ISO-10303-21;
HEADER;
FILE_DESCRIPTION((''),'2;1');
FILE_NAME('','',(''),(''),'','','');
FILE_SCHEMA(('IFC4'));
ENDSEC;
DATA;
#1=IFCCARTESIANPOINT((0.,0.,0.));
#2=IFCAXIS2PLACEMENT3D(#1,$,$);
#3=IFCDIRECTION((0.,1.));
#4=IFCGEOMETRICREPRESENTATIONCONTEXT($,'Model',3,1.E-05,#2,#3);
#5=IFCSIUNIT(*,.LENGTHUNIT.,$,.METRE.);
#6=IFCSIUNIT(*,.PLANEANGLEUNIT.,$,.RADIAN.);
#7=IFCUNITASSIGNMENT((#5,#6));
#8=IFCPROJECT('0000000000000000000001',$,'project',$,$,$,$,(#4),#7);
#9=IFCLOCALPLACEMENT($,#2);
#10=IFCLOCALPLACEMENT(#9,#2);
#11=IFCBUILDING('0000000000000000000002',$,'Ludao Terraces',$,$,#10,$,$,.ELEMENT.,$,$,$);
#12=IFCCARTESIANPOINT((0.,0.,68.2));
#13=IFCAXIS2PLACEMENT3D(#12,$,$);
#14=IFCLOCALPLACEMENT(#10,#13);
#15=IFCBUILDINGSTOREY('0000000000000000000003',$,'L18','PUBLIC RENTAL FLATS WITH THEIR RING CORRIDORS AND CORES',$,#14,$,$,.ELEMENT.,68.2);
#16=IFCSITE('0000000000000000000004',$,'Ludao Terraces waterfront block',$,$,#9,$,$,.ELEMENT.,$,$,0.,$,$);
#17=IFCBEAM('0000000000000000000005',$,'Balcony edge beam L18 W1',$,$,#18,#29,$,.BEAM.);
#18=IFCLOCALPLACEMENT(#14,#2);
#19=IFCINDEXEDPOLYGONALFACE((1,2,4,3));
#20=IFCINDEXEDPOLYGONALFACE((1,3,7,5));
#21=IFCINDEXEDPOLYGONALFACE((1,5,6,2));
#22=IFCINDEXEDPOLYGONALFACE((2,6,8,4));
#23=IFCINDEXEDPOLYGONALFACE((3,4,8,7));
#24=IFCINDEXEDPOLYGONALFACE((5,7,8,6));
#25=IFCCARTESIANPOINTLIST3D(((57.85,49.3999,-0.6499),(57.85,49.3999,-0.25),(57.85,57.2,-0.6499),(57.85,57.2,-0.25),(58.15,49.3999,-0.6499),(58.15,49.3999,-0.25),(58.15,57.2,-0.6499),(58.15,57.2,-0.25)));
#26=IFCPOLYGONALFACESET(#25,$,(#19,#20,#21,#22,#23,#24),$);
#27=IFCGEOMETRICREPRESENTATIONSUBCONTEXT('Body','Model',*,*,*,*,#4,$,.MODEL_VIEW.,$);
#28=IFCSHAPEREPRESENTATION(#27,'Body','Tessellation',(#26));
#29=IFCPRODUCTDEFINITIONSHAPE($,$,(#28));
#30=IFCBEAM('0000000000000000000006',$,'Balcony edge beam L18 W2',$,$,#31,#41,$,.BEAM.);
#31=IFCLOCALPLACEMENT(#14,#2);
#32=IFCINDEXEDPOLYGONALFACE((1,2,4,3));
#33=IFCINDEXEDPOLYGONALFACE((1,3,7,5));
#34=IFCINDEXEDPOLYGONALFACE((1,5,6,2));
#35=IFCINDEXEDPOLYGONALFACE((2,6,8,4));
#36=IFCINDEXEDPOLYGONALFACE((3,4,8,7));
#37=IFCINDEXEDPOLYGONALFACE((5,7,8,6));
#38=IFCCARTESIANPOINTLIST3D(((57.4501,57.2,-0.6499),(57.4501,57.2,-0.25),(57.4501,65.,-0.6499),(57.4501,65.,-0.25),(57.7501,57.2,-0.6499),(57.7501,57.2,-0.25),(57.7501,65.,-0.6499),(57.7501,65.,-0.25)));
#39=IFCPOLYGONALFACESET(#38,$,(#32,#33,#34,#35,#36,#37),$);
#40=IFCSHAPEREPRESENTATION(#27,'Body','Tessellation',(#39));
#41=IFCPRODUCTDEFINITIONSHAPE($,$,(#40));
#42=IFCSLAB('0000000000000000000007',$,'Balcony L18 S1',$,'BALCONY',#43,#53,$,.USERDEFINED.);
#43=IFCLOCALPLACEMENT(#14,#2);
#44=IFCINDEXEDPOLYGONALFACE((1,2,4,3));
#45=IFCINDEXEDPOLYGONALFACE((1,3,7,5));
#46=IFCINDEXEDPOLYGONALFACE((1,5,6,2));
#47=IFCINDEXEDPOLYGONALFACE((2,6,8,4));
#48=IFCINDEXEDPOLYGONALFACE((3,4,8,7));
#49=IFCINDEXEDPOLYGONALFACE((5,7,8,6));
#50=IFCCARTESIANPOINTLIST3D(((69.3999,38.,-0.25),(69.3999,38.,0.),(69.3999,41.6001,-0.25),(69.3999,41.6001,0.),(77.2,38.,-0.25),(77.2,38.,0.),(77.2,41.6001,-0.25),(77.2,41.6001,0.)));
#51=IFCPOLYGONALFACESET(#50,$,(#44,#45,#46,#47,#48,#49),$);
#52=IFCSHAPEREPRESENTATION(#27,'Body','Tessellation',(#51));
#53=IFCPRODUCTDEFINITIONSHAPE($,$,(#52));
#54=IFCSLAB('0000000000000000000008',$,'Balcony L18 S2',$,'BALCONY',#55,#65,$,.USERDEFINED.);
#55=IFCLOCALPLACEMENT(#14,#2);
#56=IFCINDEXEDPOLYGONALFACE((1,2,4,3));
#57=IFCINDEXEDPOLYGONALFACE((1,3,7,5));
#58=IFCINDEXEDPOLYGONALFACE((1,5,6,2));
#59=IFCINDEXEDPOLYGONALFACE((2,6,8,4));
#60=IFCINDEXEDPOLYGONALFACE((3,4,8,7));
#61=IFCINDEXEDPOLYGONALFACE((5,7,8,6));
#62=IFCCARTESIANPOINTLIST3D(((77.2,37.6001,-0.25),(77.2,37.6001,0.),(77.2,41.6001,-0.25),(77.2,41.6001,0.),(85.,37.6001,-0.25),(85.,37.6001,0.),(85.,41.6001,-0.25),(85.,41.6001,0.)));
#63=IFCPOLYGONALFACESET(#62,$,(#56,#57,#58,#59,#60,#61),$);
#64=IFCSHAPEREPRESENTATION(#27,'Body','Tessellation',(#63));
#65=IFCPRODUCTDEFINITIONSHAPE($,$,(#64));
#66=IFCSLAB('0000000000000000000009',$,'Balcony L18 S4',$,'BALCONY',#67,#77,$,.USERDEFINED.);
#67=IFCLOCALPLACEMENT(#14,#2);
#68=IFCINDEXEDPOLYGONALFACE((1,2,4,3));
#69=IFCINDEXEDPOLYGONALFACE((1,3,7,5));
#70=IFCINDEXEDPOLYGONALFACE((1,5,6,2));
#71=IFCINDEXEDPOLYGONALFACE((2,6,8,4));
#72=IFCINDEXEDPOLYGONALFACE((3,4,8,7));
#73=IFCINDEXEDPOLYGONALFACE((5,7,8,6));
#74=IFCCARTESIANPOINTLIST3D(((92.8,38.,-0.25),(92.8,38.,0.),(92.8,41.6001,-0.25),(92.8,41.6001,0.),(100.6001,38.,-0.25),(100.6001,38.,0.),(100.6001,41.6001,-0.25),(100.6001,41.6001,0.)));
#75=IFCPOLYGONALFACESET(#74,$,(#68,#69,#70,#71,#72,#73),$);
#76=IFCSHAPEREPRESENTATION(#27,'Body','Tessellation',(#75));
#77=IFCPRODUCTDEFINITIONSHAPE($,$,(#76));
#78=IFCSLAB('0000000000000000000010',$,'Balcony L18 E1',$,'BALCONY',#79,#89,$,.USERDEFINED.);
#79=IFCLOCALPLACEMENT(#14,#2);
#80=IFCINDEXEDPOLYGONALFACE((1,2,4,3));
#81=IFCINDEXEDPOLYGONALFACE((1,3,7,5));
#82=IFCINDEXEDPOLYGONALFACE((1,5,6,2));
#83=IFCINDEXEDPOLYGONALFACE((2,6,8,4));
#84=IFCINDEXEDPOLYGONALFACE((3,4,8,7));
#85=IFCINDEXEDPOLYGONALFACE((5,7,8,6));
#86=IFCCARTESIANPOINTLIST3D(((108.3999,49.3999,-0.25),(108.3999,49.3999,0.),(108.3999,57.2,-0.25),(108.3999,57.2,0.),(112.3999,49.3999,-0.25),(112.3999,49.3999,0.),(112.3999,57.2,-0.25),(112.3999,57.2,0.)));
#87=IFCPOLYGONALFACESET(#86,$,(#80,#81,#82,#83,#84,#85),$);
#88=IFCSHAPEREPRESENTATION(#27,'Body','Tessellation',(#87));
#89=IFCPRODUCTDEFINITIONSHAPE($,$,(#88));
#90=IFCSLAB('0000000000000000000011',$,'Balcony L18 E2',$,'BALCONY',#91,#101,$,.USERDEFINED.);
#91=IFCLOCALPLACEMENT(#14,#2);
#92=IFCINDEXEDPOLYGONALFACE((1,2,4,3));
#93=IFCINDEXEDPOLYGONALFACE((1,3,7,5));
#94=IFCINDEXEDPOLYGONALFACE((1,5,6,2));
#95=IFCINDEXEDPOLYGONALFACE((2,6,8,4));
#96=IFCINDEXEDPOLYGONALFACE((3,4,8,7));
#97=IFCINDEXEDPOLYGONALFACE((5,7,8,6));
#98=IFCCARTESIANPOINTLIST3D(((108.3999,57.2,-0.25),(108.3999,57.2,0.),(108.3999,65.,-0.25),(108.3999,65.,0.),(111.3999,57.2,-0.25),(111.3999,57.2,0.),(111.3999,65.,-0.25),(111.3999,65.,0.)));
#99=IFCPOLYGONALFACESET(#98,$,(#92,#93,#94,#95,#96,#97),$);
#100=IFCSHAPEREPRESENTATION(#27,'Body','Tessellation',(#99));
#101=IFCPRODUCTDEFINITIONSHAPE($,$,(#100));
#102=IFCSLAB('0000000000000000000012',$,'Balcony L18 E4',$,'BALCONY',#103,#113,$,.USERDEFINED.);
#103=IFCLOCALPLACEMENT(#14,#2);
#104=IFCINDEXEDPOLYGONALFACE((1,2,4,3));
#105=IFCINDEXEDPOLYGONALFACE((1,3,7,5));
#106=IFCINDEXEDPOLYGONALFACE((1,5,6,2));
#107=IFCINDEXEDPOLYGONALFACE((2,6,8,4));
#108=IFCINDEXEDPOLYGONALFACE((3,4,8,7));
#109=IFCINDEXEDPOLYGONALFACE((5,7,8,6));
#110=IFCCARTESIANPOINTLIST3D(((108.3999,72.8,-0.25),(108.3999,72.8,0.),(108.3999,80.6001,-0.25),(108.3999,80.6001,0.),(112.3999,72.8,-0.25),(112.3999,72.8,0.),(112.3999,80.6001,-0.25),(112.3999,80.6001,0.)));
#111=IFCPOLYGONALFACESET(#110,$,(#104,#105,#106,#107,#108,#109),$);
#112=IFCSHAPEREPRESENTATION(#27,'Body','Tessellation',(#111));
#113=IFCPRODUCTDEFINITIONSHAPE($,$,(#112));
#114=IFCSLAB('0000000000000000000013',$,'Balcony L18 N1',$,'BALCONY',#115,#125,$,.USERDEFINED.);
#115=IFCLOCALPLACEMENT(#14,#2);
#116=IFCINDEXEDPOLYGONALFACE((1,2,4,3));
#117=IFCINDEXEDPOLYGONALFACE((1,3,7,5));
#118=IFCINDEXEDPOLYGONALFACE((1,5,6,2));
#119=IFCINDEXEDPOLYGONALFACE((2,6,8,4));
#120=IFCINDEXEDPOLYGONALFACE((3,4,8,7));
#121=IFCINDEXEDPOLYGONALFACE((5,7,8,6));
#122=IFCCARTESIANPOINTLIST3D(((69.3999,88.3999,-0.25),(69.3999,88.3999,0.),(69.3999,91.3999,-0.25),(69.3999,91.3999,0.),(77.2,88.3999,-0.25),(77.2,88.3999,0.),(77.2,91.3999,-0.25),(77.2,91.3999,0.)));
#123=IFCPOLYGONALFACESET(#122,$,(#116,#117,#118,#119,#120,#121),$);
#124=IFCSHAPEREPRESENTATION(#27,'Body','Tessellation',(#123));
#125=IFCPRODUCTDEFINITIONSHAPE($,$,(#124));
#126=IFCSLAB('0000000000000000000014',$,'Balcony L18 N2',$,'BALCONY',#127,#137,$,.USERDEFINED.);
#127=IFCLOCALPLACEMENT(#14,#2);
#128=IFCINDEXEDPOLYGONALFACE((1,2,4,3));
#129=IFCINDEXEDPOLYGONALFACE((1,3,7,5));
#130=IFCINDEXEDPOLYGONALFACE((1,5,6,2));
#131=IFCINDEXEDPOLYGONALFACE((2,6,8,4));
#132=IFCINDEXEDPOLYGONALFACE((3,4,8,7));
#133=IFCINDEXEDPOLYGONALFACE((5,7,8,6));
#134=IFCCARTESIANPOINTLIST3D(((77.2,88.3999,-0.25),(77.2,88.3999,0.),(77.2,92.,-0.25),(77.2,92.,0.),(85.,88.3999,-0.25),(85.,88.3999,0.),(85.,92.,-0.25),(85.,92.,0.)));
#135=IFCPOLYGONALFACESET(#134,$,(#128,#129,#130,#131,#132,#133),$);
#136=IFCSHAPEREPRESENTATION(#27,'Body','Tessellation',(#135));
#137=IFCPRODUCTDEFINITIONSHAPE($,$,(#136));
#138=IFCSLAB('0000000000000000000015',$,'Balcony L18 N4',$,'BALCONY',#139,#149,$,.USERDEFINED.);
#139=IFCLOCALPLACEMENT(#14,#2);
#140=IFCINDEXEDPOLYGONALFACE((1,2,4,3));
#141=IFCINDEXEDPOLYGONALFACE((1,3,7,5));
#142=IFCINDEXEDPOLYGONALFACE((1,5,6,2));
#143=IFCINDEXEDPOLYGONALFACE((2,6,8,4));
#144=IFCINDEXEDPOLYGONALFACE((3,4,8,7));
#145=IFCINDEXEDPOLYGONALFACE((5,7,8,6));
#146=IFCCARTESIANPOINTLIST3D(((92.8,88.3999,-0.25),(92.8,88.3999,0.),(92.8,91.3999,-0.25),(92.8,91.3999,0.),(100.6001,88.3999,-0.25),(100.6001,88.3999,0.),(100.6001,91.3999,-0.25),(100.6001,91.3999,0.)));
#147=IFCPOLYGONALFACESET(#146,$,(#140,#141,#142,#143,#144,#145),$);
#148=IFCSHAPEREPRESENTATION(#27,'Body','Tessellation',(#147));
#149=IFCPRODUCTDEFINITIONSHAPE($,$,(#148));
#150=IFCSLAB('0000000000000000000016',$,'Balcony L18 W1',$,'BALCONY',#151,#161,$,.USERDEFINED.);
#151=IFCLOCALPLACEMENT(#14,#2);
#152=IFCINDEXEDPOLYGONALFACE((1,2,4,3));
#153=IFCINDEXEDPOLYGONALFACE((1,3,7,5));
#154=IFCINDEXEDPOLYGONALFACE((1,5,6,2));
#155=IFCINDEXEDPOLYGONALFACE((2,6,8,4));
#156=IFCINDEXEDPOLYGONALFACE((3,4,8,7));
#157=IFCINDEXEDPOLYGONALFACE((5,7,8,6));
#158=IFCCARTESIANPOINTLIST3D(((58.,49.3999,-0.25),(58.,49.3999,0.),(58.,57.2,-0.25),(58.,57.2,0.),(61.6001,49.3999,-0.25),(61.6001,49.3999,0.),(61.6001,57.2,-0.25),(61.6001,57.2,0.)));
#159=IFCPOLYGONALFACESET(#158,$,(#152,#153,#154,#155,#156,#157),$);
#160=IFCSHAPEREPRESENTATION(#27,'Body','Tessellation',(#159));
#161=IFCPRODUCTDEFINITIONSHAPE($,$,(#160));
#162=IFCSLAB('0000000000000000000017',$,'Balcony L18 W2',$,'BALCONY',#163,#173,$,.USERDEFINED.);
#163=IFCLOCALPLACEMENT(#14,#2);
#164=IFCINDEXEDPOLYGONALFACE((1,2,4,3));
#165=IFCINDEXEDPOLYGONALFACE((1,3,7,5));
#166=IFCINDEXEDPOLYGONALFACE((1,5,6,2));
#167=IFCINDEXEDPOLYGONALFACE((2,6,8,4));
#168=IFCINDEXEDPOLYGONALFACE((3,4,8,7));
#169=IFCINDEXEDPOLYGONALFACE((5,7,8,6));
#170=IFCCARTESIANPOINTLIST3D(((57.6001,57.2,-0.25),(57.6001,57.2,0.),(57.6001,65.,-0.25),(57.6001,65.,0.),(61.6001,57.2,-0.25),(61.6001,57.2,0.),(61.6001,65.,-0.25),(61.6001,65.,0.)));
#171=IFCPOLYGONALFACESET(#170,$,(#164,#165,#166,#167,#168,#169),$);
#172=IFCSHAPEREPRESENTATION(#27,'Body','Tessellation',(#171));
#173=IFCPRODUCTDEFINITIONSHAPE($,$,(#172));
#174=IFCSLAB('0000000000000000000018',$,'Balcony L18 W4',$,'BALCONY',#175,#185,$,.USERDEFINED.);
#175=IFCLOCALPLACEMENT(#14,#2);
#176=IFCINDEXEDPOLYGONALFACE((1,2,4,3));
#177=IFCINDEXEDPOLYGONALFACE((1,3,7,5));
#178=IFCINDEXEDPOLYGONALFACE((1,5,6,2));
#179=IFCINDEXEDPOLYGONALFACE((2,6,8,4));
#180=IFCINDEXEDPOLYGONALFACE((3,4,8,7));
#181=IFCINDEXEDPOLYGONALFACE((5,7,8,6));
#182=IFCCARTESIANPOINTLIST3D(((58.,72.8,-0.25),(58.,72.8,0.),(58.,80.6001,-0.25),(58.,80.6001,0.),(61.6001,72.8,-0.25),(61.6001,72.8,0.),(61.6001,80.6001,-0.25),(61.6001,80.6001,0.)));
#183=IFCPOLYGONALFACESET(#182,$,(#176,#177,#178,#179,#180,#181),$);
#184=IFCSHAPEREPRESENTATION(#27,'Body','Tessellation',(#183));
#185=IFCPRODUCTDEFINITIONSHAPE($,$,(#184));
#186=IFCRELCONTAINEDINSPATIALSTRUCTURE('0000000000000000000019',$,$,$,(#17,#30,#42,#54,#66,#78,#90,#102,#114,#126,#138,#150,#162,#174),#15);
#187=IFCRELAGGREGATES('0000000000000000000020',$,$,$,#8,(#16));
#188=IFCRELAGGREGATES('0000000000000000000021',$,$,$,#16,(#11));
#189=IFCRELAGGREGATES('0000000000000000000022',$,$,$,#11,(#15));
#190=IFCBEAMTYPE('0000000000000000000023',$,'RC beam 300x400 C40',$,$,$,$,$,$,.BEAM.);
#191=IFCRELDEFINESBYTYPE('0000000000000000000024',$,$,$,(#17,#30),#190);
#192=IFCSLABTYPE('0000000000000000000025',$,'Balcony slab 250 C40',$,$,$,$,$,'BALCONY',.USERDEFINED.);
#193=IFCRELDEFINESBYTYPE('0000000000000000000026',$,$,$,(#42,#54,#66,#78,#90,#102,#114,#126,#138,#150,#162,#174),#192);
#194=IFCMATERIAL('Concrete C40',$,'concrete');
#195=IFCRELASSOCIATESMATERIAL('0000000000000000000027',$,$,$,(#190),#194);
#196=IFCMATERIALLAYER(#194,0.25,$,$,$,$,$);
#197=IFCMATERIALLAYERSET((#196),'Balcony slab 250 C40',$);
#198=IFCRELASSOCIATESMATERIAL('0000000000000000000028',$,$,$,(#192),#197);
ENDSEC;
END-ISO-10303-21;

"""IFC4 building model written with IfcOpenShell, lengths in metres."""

from ifc_helpers import new_model, si_unit, direction, frame, origin, origin_2d, place, context, subcontext, project, spatial, polyline, rectangle, outline, extrude, material, layer, layer_set, material_profile, profile_set, type_object, element, save


model = new_model("IFC4")

# Units and contexts
model_context = context("Model", 3, precision=1e-05, world=origin(), true_north=direction((0.0, 1.0)))
body_context = subcontext(model_context, "Body", "Model", "MODEL_VIEW")
ifc_project = project(units=[si_unit("LENGTHUNIT", "METRE"), si_unit("PLANEANGLEUNIT", "RADIAN")], contexts=[model_context])

# Site, building, storey
site_placement = place(None, origin())
site = spatial("IfcSite", under=ifc_project, at=site_placement, Name="Ludao Terraces waterfront block", CompositionType="ELEMENT", RefElevation=0.0)
building_placement = place(site_placement, origin())
building = spatial("IfcBuilding", under=site, at=building_placement, Name="Ludao Terraces", CompositionType="ELEMENT")
storey_placement = place(building_placement, frame((0.0, 0.0, 68.2)))
storey = spatial("IfcBuildingStorey", under=building, at=storey_placement, Name="L18", Description="PUBLIC RENTAL FLATS WITH THEIR RING CORRIDORS AND CORES", CompositionType="ELEMENT", Elevation=68.2)

# Beams
ifc_material_1 = material(Name="Concrete C40", Category="concrete")
ifc_material_profile = material_profile(ifc_material_1, rectangle(XDim=0.3, YDim=0.3999, at=origin_2d()), Name="300 X 400")
ifc_profile_set = profile_set([ifc_material_profile], Name="Concrete C40")
beam_type = type_object("IfcBeamType", Name="RC beam 300x400 C40", PredefinedType="BEAM", material=ifc_profile_set)
for number, where, z_axis, x_axis, name in (
    (1, (58.0, 49.3999, -0.45), (0.0, 1.0, 0.0), (-1.0, 0.0, 0.0), "Balcony edge beam L18 W1"),
    (2, (57.6001, 57.2, -0.45), (0.0, 1.0, 0.0), (-1.0, 0.0, 0.0), "Balcony edge beam L18 W2"),
):
    element("IfcBeam", number, at=place(storey_placement, frame(where, z_axis=z_axis, x_axis=x_axis)), inside=storey, type_object=beam_type, Name=name, PredefinedType="BEAM", context=body_context, shape_type="SweptSolid", body=[
        extrude(rectangle(XDim=0.3, YDim=0.3999, at=origin_2d()), origin(), (0.0, 0.0, 1.0), 7.8),
    ])

# Slabs
ifc_layer_1 = layer(ifc_material_1, 0.25)
ifc_layer_set_1 = layer_set([ifc_layer_1], Name="Balcony slab 250 C40")
slab_type_1 = type_object("IfcSlabType", Name="Balcony slab 250 C40", ElementType="BALCONY", PredefinedType="USERDEFINED", material=ifc_layer_set_1)
slab_1_placement = place(storey_placement, frame((0.0, 0.0, -0.25)))
element("IfcSlab", 3, at=slab_1_placement, inside=storey, type_object=slab_type_1, Name="Balcony L18 S1", ObjectType="BALCONY", PredefinedType="USERDEFINED", context=body_context, shape_type="SweptSolid", body=[
    extrude(outline(polyline([(69.3999, 38.0), (77.2, 38.0), (77.2, 41.6001), (69.3999, 41.6001), (69.3999, 38.0)])), origin(), (0.0, 0.0, 1.0), 0.25),
])
slab_2_placement = place(storey_placement, frame((0.0, 0.0, -0.25)))
element("IfcSlab", 4, at=slab_2_placement, inside=storey, type_object=slab_type_1, Name="Balcony L18 S2", ObjectType="BALCONY", PredefinedType="USERDEFINED", context=body_context, shape_type="SweptSolid", body=[
    extrude(outline(polyline([(77.2, 37.6001), (85.0, 37.6001), (85.0, 41.6001), (77.2, 41.6001), (77.2, 37.6001)])), origin(), (0.0, 0.0, 1.0), 0.25),
])
slab_3_placement = place(storey_placement, frame((0.0, 0.0, -0.25)))
element("IfcSlab", 5, at=slab_3_placement, inside=storey, type_object=slab_type_1, Name="Balcony L18 S4", ObjectType="BALCONY", PredefinedType="USERDEFINED", context=body_context, shape_type="SweptSolid", body=[
    extrude(outline(polyline([(92.8, 38.0), (100.6001, 38.0), (100.6001, 41.6001), (92.8, 41.6001), (92.8, 38.0)])), origin(), (0.0, 0.0, 1.0), 0.25),
])
slab_4_placement = place(storey_placement, frame((0.0, 0.0, -0.25)))
element("IfcSlab", 6, at=slab_4_placement, inside=storey, type_object=slab_type_1, Name="Balcony L18 E1", ObjectType="BALCONY", PredefinedType="USERDEFINED", context=body_context, shape_type="SweptSolid", body=[
    extrude(outline(polyline([(108.3999, 49.3999), (112.3999, 49.3999), (112.3999, 57.2), (108.3999, 57.2), (108.3999, 49.3999)])), origin(), (0.0, 0.0, 1.0), 0.25),
])
slab_5_placement = place(storey_placement, frame((0.0, 0.0, -0.25)))
element("IfcSlab", 7, at=slab_5_placement, inside=storey, type_object=slab_type_1, Name="Balcony L18 E2", ObjectType="BALCONY", PredefinedType="USERDEFINED", context=body_context, shape_type="SweptSolid", body=[
    extrude(outline(polyline([(108.3999, 57.2), (111.3999, 57.2), (111.3999, 65.0), (108.3999, 65.0), (108.3999, 57.2)])), origin(), (0.0, 0.0, 1.0), 0.25),
])
slab_6_placement = place(storey_placement, frame((0.0, 0.0, -0.25)))
element("IfcSlab", 8, at=slab_6_placement, inside=storey, type_object=slab_type_1, Name="Balcony L18 E4", ObjectType="BALCONY", PredefinedType="USERDEFINED", context=body_context, shape_type="SweptSolid", body=[
    extrude(outline(polyline([(108.3999, 72.8), (112.3999, 72.8), (112.3999, 80.6001), (108.3999, 80.6001), (108.3999, 72.8)])), origin(), (0.0, 0.0, 1.0), 0.25),
])
slab_7_placement = place(storey_placement, frame((0.0, 0.0, -0.25)))
element("IfcSlab", 9, at=slab_7_placement, inside=storey, type_object=slab_type_1, Name="Balcony L18 N1", ObjectType="BALCONY", PredefinedType="USERDEFINED", context=body_context, shape_type="SweptSolid", body=[
    extrude(outline(polyline([(69.3999, 88.3999), (77.2, 88.3999), (77.2, 91.3999), (69.3999, 91.3999), (69.3999, 88.3999)])), origin(), (0.0, 0.0, 1.0), 0.25),
])
slab_8_placement = place(storey_placement, frame((0.0, 0.0, -0.25)))
element("IfcSlab", 10, at=slab_8_placement, inside=storey, type_object=slab_type_1, Name="Balcony L18 N2", ObjectType="BALCONY", PredefinedType="USERDEFINED", context=body_context, shape_type="SweptSolid", body=[
    extrude(outline(polyline([(77.2, 88.3999), (85.0, 88.3999), (85.0, 92.0), (77.2, 92.0), (77.2, 88.3999)])), origin(), (0.0, 0.0, 1.0), 0.25),
])
slab_9_placement = place(storey_placement, frame((0.0, 0.0, -0.25)))
element("IfcSlab", 11, at=slab_9_placement, inside=storey, type_object=slab_type_1, Name="Balcony L18 N4", ObjectType="BALCONY", PredefinedType="USERDEFINED", context=body_context, shape_type="SweptSolid", body=[
    extrude(outline(polyline([(92.8, 88.3999), (100.6001, 88.3999), (100.6001, 91.3999), (92.8, 91.3999), (92.8, 88.3999)])), origin(), (0.0, 0.0, 1.0), 0.25),
])
slab_10_placement = place(storey_placement, frame((0.0, 0.0, -0.25)))
element("IfcSlab", 12, at=slab_10_placement, inside=storey, type_object=slab_type_1, Name="Balcony L18 W1", ObjectType="BALCONY", PredefinedType="USERDEFINED", context=body_context, shape_type="SweptSolid", body=[
    extrude(outline(polyline([(58.0, 49.3999), (61.6001, 49.3999), (61.6001, 57.2), (58.0, 57.2), (58.0, 49.3999)])), origin(), (0.0, 0.0, 1.0), 0.25),
])
slab_11_placement = place(storey_placement, frame((0.0, 0.0, -0.25)))
element("IfcSlab", 13, at=slab_11_placement, inside=storey, type_object=slab_type_1, Name="Balcony L18 W2", ObjectType="BALCONY", PredefinedType="USERDEFINED", context=body_context, shape_type="SweptSolid", body=[
    extrude(outline(polyline([(57.6001, 57.2), (61.6001, 57.2), (61.6001, 65.0), (57.6001, 65.0), (57.6001, 57.2)])), origin(), (0.0, 0.0, 1.0), 0.25),
])
slab_12_placement = place(storey_placement, frame((0.0, 0.0, -0.25)))
element("IfcSlab", 14, at=slab_12_placement, inside=storey, type_object=slab_type_1, Name="Balcony L18 W4", ObjectType="BALCONY", PredefinedType="USERDEFINED", context=body_context, shape_type="SweptSolid", body=[
    extrude(outline(polyline([(58.0, 72.8), (61.6001, 72.8), (61.6001, 80.6001), (58.0, 80.6001), (58.0, 72.8)])), origin(), (0.0, 0.0, 1.0), 0.25),
])

save(model, "model.ifc")
